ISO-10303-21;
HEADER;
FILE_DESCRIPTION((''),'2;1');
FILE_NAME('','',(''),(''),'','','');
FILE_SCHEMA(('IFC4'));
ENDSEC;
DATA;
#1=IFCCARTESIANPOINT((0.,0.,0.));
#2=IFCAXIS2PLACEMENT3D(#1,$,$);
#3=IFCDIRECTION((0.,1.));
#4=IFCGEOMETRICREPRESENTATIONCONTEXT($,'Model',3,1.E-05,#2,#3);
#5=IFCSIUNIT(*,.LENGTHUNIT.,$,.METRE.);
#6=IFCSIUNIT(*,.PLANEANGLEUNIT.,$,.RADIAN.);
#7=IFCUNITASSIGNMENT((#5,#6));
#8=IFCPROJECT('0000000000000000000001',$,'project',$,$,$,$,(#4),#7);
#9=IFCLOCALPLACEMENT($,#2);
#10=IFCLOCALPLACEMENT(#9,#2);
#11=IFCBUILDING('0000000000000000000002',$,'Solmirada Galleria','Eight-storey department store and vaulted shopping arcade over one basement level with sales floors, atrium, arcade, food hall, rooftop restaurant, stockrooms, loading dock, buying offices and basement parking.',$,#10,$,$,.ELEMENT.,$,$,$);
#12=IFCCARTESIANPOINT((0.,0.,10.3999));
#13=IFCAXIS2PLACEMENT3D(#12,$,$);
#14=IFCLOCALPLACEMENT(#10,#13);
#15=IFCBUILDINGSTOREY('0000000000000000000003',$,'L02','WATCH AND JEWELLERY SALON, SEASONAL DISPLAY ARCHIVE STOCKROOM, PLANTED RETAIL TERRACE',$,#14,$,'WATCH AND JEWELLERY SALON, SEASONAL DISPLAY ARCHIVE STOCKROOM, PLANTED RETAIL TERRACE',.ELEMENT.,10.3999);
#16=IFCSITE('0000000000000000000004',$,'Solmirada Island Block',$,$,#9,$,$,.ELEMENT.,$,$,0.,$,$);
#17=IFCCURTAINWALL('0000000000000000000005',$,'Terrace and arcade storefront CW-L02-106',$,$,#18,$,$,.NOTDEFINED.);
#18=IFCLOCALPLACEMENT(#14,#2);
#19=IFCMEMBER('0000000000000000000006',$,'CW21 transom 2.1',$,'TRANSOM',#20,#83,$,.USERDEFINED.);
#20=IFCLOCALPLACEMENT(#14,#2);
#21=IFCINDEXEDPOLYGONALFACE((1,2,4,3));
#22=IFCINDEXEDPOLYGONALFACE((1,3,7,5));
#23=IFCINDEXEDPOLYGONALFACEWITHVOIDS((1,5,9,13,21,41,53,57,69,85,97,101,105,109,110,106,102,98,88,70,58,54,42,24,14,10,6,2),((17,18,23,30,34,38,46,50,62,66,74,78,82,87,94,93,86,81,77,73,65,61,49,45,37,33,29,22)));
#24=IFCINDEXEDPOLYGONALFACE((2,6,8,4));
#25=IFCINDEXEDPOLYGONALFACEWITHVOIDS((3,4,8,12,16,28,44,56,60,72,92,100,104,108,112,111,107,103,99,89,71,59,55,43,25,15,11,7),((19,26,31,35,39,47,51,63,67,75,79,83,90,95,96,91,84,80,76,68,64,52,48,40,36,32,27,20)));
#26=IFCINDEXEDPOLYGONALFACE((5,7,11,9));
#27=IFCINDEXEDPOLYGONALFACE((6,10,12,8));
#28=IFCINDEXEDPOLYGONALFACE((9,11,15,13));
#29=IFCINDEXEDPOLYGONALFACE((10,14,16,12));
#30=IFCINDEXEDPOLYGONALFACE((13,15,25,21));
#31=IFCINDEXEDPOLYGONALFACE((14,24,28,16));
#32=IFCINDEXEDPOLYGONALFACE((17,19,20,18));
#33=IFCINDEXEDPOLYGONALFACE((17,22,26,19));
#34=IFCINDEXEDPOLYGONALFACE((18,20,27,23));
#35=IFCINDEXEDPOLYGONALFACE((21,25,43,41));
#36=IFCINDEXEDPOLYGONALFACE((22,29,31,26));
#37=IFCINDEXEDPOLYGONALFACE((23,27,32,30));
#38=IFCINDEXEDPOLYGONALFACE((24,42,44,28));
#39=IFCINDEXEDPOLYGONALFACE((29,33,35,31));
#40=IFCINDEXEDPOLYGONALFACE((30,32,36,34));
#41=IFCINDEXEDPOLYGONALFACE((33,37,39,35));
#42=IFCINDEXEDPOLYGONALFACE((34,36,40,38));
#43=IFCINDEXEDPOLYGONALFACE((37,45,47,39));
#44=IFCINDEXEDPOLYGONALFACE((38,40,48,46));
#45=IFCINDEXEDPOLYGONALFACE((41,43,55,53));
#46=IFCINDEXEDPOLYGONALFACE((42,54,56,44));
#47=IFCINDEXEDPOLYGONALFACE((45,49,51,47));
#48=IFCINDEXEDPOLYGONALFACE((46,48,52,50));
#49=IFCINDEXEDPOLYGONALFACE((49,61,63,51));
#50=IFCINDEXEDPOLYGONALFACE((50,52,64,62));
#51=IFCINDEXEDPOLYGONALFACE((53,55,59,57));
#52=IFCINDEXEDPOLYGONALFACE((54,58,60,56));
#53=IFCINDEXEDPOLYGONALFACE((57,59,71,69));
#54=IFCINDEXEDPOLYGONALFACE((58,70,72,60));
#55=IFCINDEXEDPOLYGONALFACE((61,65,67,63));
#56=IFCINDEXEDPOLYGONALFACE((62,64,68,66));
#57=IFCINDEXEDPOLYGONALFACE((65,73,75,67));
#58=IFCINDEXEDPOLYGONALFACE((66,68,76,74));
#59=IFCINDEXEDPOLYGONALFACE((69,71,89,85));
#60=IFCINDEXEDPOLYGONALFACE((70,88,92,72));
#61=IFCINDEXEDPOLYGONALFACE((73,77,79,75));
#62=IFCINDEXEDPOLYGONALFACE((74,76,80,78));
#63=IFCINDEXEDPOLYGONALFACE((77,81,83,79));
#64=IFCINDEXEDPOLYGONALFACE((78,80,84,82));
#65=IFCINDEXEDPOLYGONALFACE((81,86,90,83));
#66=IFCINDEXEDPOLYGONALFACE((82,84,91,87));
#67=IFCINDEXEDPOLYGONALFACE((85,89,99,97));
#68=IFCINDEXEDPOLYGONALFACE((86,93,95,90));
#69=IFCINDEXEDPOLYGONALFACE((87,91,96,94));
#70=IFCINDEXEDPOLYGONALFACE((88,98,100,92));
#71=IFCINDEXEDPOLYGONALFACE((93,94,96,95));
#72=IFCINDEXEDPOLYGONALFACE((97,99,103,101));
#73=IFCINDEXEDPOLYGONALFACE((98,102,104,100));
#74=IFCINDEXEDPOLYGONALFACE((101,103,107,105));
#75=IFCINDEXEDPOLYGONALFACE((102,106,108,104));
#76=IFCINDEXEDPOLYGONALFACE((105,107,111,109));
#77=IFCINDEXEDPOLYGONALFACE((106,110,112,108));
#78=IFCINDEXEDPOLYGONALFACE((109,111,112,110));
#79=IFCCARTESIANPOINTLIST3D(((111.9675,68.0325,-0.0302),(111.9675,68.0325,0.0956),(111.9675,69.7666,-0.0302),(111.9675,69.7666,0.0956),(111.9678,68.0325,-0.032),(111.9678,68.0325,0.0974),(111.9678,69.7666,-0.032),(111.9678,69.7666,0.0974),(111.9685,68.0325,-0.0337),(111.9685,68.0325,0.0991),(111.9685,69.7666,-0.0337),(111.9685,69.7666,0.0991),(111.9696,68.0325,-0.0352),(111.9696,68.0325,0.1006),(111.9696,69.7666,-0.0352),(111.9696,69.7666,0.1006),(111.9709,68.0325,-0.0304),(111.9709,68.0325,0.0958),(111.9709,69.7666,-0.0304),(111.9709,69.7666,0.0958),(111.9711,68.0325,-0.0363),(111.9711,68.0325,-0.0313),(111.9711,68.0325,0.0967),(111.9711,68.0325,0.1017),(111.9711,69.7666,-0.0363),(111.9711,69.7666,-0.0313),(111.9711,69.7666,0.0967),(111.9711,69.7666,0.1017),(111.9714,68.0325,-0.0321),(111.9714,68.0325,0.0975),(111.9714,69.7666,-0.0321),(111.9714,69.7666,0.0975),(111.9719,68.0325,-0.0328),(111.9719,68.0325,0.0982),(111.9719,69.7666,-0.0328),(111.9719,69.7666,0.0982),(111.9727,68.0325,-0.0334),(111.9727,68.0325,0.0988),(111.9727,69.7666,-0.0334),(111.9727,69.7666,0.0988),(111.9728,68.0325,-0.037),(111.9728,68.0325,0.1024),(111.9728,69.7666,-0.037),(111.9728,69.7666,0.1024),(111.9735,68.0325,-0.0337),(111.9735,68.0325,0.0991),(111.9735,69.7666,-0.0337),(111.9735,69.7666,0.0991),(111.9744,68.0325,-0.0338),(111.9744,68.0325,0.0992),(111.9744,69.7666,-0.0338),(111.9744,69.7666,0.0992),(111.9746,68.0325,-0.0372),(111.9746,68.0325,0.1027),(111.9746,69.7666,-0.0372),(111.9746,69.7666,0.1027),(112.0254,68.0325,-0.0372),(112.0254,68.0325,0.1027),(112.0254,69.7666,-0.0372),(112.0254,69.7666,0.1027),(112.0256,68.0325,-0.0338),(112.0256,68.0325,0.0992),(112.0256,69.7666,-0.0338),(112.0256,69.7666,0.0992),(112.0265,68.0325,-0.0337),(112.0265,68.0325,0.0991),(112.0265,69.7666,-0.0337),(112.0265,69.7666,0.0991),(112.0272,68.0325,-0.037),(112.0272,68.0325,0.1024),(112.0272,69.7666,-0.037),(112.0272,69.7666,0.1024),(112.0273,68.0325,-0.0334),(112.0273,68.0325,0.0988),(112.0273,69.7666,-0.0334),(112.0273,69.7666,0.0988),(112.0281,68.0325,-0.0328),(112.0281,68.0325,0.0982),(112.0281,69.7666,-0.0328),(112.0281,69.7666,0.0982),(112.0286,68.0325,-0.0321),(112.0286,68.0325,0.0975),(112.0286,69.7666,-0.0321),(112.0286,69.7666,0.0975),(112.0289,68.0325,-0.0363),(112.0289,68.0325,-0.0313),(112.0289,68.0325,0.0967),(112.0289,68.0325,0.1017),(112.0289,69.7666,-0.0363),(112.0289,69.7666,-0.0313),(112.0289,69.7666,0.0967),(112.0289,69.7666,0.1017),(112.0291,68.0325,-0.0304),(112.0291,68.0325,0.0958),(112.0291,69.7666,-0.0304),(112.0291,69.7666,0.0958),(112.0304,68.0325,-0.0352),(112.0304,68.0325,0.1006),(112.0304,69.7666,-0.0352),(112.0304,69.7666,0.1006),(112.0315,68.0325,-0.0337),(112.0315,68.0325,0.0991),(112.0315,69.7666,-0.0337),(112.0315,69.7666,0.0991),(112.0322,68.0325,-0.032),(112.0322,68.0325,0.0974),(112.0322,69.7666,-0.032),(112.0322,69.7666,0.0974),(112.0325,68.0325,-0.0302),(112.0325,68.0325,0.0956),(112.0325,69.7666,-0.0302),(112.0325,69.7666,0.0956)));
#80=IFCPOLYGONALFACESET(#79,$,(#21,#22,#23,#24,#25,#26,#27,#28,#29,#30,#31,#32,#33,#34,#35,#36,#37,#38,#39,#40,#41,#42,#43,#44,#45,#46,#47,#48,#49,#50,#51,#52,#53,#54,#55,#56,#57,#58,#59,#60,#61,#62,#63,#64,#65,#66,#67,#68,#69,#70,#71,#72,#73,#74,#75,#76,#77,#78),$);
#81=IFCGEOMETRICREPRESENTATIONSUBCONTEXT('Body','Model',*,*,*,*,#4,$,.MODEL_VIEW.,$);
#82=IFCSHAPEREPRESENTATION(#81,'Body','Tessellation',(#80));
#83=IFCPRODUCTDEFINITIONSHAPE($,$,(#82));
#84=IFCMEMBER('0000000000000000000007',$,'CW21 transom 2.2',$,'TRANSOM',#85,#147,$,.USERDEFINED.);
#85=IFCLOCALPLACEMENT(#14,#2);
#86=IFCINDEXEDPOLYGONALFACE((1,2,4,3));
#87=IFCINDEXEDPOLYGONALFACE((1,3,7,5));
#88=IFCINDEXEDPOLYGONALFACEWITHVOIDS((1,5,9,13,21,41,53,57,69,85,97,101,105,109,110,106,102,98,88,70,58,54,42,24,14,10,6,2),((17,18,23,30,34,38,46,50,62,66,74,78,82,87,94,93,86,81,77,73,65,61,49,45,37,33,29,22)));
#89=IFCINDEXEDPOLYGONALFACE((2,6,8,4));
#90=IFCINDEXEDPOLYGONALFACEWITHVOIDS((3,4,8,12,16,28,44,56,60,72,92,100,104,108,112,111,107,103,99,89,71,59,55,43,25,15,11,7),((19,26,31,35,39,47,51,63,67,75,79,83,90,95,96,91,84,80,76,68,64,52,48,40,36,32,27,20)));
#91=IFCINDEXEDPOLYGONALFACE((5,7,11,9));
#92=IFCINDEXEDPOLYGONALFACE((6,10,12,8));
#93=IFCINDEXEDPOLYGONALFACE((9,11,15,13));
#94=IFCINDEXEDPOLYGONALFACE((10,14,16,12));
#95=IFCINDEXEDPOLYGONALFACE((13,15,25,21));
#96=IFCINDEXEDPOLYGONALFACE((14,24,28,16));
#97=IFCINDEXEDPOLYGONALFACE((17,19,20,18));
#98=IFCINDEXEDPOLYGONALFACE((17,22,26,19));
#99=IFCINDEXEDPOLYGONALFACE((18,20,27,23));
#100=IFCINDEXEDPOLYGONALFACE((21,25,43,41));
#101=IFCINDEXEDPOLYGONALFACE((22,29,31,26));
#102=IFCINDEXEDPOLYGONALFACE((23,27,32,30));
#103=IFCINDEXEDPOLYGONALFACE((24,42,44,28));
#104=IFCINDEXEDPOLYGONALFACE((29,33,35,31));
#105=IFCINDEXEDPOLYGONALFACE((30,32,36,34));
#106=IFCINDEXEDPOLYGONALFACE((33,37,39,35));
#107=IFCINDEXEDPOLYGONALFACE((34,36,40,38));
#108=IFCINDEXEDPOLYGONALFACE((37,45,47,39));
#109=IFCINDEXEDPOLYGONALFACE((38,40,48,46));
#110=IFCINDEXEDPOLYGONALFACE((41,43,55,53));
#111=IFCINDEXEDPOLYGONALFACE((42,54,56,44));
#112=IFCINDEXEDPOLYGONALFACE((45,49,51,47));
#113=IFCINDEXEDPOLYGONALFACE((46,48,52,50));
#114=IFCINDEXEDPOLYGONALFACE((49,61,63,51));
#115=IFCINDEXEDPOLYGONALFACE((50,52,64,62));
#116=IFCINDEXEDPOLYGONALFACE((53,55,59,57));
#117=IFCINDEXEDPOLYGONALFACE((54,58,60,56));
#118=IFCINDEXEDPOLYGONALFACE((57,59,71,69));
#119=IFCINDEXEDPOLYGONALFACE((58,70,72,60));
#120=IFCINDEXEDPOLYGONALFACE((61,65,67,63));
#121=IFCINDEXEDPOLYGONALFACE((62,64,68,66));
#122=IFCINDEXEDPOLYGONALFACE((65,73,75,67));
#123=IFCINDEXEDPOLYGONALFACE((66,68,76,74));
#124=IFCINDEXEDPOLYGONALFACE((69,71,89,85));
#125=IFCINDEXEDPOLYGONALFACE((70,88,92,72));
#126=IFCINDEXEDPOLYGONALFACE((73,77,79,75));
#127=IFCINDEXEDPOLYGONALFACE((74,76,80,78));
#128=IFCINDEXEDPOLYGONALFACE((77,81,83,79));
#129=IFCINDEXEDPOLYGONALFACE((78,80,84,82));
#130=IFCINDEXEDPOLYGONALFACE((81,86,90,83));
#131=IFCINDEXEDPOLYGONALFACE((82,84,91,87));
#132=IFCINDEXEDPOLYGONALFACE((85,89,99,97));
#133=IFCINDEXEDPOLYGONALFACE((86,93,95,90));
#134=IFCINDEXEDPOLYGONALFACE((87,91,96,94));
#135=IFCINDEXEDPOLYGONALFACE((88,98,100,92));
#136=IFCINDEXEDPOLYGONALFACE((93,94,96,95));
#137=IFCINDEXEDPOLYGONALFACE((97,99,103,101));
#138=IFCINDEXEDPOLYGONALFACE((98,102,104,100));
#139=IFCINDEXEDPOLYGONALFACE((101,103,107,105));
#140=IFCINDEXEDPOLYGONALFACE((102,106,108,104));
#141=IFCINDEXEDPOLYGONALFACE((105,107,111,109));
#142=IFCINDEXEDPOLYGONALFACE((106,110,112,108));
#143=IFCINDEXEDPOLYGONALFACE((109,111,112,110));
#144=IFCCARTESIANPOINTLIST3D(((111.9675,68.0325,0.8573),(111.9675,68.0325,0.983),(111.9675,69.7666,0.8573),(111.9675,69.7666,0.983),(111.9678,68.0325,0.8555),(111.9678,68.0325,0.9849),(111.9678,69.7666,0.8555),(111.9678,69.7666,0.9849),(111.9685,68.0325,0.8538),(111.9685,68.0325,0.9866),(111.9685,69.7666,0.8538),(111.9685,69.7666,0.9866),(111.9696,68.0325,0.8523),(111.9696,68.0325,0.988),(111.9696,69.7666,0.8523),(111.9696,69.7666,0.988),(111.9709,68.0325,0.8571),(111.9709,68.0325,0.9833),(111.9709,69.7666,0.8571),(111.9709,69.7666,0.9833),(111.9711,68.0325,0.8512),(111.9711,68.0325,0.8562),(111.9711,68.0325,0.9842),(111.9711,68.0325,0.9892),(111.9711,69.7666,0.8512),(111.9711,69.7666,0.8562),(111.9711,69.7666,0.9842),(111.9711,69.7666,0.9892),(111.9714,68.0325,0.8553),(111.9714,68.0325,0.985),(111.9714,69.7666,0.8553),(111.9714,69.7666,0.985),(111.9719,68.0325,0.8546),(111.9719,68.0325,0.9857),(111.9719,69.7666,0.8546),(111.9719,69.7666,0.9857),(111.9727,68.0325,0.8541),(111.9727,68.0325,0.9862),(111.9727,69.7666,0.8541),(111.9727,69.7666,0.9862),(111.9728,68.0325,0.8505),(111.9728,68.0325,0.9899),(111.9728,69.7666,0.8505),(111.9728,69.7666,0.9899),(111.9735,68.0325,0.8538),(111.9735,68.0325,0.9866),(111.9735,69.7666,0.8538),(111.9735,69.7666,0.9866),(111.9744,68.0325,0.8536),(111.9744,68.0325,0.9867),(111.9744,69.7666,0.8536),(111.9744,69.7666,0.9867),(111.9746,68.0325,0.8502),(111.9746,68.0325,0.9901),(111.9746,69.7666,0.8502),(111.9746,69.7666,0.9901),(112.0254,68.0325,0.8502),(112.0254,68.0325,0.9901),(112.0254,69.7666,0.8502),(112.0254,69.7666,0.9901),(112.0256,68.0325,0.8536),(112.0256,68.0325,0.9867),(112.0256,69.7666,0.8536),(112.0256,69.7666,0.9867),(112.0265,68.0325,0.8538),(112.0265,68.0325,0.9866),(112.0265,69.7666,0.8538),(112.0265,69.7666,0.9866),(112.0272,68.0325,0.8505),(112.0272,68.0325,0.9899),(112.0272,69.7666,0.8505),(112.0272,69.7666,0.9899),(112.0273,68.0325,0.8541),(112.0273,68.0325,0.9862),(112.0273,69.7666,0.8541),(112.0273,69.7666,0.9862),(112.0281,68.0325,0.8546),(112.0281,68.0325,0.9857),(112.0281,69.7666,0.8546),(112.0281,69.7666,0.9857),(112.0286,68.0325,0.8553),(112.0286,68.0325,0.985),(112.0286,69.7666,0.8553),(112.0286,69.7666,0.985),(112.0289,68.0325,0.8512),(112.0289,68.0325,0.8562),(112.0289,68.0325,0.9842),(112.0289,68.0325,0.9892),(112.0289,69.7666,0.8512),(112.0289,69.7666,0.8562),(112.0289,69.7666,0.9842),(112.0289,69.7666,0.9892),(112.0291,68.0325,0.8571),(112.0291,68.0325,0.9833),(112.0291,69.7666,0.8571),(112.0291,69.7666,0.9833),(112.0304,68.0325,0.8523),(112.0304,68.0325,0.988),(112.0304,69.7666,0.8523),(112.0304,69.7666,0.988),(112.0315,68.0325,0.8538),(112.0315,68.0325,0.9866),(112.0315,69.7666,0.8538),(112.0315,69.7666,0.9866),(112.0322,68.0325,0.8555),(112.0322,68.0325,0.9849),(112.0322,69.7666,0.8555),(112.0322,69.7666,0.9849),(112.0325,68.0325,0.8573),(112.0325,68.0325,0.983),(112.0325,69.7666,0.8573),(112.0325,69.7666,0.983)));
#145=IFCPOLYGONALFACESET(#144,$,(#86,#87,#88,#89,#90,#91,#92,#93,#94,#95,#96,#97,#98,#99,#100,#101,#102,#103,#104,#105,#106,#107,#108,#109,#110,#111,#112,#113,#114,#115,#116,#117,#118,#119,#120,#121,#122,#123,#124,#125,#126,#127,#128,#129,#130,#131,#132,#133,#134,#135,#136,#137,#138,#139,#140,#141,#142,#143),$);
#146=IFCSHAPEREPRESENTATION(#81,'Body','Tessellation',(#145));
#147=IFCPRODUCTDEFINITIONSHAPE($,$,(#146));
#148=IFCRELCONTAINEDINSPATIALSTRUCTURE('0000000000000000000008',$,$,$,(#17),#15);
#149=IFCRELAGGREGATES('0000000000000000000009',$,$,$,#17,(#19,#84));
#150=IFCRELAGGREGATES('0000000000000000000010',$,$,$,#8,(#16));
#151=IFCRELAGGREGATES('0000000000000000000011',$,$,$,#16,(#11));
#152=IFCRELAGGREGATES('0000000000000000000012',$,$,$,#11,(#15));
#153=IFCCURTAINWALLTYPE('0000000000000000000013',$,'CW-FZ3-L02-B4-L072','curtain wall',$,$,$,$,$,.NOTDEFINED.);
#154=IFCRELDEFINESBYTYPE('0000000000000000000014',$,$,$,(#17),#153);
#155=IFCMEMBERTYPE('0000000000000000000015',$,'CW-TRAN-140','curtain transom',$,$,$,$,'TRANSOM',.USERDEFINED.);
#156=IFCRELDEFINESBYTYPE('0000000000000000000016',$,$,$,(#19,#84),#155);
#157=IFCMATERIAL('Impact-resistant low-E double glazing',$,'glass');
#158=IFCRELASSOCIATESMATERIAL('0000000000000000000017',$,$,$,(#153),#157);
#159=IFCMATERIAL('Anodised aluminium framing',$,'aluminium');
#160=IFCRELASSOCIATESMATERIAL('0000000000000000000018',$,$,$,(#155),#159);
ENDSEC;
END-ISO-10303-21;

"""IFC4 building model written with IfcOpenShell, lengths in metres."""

from ifc_helpers import new_model, si_unit, direction, frame, origin, origin_2d, place, context, subcontext, project, spatial, hollow_rectangle, extrude, material, material_profile, profile_set, type_object, element, aggregate, save


model = new_model("IFC4")

# Units and contexts
model_context = context("Model", 3, precision=1e-05, world=origin(), true_north=direction((0.0, 1.0)))
body_context = subcontext(model_context, "Body", "Model", "MODEL_VIEW")
ifc_project = project(units=[si_unit("LENGTHUNIT", "METRE"), si_unit("PLANEANGLEUNIT", "RADIAN")], contexts=[model_context])

# Site, building, storey
site_placement = place(None, origin())
site = spatial("IfcSite", under=ifc_project, at=site_placement, Name="Solmirada Island Block", CompositionType="ELEMENT", RefElevation=0.0)
building_placement = place(site_placement, origin())
building = spatial("IfcBuilding", under=site, at=building_placement, Name="Solmirada Galleria", Description="Eight-storey department store and vaulted shopping arcade over one basement level with sales floors, atrium, arcade, food hall, rooftop restaurant, stockrooms, loading dock, buying offices and basement parking.", CompositionType="ELEMENT")
storey_placement = place(building_placement, frame((0.0, 0.0, 10.3999)))
storey = spatial("IfcBuildingStorey", under=building, at=storey_placement, Name="L02", Description="WATCH AND JEWELLERY SALON, SEASONAL DISPLAY ARCHIVE STOCKROOM, PLANTED RETAIL TERRACE", LongName="WATCH AND JEWELLERY SALON, SEASONAL DISPLAY ARCHIVE STOCKROOM, PLANTED RETAIL TERRACE", CompositionType="ELEMENT", Elevation=10.3999)

# Curtain wall, members
ifc_material_1 = material(Name="Impact-resistant low-E double glazing", Category="glass")
curtain_wall_type = type_object("IfcCurtainWallType", Name="CW-FZ3-L02-B4-L072", Description="curtain wall", PredefinedType="NOTDEFINED", material=ifc_material_1)
curtain_wall_1_placement = place(storey_placement, origin())
curtain_wall_1 = element("IfcCurtainWall", 1, at=curtain_wall_1_placement, inside=storey, type_object=curtain_wall_type, Name="Terrace and arcade storefront CW-L02-106", PredefinedType="NOTDEFINED")
ifc_material_2 = material(Name="Anodised aluminium framing", Category="aluminium")
ifc_material_profile_1 = material_profile(ifc_material_2, hollow_rectangle(XDim=0.0649, YDim=0.1399, WallThickness=0.0034, InnerFilletRadius=0.0034, OuterFilletRadius=0.0071, at=origin_2d()), Name="ALU-TRAN-140X65")
ifc_profile_set_1 = profile_set([ifc_material_profile_1], Name="Anodised aluminium framing")
member_type_1 = type_object("IfcMemberType", Name="CW-TRAN-140", Description="curtain transom", ElementType="TRANSOM", PredefinedType="USERDEFINED", material=ifc_profile_set_1)
member_1_placement = place(storey_placement, frame((112.0, 69.7666, 0.0327), z_axis=(0.0, -1.0, 0.0), x_axis=(1.0, 0.0, 0.0)))
member_1 = element("IfcMember", 2, at=member_1_placement, type_object=member_type_1, Name="CW21 transom 2.1", ObjectType="TRANSOM", PredefinedType="USERDEFINED", context=body_context, shape_type="SweptSolid", body=[
    extrude(hollow_rectangle(XDim=0.0649, YDim=0.1399, WallThickness=0.0034, InnerFilletRadius=0.0034, OuterFilletRadius=0.0071, at=origin_2d()), origin(), (0.0, 0.0, 1.0), 1.7341),
])
member_2_placement = place(storey_placement, frame((112.0, 69.7666, 0.9202), z_axis=(0.0, -1.0, 0.0), x_axis=(1.0, 0.0, 0.0)))
member_2 = element("IfcMember", 3, at=member_2_placement, type_object=member_type_1, Name="CW21 transom 2.2", ObjectType="TRANSOM", PredefinedType="USERDEFINED", context=body_context, shape_type="SweptSolid", body=[
    extrude(hollow_rectangle(XDim=0.0649, YDim=0.1399, WallThickness=0.0034, InnerFilletRadius=0.0034, OuterFilletRadius=0.0071, at=origin_2d()), origin(), (0.0, 0.0, 1.0), 1.7341),
])

aggregate(curtain_wall_1, [member_1, member_2])

save(model, "model.ifc")
